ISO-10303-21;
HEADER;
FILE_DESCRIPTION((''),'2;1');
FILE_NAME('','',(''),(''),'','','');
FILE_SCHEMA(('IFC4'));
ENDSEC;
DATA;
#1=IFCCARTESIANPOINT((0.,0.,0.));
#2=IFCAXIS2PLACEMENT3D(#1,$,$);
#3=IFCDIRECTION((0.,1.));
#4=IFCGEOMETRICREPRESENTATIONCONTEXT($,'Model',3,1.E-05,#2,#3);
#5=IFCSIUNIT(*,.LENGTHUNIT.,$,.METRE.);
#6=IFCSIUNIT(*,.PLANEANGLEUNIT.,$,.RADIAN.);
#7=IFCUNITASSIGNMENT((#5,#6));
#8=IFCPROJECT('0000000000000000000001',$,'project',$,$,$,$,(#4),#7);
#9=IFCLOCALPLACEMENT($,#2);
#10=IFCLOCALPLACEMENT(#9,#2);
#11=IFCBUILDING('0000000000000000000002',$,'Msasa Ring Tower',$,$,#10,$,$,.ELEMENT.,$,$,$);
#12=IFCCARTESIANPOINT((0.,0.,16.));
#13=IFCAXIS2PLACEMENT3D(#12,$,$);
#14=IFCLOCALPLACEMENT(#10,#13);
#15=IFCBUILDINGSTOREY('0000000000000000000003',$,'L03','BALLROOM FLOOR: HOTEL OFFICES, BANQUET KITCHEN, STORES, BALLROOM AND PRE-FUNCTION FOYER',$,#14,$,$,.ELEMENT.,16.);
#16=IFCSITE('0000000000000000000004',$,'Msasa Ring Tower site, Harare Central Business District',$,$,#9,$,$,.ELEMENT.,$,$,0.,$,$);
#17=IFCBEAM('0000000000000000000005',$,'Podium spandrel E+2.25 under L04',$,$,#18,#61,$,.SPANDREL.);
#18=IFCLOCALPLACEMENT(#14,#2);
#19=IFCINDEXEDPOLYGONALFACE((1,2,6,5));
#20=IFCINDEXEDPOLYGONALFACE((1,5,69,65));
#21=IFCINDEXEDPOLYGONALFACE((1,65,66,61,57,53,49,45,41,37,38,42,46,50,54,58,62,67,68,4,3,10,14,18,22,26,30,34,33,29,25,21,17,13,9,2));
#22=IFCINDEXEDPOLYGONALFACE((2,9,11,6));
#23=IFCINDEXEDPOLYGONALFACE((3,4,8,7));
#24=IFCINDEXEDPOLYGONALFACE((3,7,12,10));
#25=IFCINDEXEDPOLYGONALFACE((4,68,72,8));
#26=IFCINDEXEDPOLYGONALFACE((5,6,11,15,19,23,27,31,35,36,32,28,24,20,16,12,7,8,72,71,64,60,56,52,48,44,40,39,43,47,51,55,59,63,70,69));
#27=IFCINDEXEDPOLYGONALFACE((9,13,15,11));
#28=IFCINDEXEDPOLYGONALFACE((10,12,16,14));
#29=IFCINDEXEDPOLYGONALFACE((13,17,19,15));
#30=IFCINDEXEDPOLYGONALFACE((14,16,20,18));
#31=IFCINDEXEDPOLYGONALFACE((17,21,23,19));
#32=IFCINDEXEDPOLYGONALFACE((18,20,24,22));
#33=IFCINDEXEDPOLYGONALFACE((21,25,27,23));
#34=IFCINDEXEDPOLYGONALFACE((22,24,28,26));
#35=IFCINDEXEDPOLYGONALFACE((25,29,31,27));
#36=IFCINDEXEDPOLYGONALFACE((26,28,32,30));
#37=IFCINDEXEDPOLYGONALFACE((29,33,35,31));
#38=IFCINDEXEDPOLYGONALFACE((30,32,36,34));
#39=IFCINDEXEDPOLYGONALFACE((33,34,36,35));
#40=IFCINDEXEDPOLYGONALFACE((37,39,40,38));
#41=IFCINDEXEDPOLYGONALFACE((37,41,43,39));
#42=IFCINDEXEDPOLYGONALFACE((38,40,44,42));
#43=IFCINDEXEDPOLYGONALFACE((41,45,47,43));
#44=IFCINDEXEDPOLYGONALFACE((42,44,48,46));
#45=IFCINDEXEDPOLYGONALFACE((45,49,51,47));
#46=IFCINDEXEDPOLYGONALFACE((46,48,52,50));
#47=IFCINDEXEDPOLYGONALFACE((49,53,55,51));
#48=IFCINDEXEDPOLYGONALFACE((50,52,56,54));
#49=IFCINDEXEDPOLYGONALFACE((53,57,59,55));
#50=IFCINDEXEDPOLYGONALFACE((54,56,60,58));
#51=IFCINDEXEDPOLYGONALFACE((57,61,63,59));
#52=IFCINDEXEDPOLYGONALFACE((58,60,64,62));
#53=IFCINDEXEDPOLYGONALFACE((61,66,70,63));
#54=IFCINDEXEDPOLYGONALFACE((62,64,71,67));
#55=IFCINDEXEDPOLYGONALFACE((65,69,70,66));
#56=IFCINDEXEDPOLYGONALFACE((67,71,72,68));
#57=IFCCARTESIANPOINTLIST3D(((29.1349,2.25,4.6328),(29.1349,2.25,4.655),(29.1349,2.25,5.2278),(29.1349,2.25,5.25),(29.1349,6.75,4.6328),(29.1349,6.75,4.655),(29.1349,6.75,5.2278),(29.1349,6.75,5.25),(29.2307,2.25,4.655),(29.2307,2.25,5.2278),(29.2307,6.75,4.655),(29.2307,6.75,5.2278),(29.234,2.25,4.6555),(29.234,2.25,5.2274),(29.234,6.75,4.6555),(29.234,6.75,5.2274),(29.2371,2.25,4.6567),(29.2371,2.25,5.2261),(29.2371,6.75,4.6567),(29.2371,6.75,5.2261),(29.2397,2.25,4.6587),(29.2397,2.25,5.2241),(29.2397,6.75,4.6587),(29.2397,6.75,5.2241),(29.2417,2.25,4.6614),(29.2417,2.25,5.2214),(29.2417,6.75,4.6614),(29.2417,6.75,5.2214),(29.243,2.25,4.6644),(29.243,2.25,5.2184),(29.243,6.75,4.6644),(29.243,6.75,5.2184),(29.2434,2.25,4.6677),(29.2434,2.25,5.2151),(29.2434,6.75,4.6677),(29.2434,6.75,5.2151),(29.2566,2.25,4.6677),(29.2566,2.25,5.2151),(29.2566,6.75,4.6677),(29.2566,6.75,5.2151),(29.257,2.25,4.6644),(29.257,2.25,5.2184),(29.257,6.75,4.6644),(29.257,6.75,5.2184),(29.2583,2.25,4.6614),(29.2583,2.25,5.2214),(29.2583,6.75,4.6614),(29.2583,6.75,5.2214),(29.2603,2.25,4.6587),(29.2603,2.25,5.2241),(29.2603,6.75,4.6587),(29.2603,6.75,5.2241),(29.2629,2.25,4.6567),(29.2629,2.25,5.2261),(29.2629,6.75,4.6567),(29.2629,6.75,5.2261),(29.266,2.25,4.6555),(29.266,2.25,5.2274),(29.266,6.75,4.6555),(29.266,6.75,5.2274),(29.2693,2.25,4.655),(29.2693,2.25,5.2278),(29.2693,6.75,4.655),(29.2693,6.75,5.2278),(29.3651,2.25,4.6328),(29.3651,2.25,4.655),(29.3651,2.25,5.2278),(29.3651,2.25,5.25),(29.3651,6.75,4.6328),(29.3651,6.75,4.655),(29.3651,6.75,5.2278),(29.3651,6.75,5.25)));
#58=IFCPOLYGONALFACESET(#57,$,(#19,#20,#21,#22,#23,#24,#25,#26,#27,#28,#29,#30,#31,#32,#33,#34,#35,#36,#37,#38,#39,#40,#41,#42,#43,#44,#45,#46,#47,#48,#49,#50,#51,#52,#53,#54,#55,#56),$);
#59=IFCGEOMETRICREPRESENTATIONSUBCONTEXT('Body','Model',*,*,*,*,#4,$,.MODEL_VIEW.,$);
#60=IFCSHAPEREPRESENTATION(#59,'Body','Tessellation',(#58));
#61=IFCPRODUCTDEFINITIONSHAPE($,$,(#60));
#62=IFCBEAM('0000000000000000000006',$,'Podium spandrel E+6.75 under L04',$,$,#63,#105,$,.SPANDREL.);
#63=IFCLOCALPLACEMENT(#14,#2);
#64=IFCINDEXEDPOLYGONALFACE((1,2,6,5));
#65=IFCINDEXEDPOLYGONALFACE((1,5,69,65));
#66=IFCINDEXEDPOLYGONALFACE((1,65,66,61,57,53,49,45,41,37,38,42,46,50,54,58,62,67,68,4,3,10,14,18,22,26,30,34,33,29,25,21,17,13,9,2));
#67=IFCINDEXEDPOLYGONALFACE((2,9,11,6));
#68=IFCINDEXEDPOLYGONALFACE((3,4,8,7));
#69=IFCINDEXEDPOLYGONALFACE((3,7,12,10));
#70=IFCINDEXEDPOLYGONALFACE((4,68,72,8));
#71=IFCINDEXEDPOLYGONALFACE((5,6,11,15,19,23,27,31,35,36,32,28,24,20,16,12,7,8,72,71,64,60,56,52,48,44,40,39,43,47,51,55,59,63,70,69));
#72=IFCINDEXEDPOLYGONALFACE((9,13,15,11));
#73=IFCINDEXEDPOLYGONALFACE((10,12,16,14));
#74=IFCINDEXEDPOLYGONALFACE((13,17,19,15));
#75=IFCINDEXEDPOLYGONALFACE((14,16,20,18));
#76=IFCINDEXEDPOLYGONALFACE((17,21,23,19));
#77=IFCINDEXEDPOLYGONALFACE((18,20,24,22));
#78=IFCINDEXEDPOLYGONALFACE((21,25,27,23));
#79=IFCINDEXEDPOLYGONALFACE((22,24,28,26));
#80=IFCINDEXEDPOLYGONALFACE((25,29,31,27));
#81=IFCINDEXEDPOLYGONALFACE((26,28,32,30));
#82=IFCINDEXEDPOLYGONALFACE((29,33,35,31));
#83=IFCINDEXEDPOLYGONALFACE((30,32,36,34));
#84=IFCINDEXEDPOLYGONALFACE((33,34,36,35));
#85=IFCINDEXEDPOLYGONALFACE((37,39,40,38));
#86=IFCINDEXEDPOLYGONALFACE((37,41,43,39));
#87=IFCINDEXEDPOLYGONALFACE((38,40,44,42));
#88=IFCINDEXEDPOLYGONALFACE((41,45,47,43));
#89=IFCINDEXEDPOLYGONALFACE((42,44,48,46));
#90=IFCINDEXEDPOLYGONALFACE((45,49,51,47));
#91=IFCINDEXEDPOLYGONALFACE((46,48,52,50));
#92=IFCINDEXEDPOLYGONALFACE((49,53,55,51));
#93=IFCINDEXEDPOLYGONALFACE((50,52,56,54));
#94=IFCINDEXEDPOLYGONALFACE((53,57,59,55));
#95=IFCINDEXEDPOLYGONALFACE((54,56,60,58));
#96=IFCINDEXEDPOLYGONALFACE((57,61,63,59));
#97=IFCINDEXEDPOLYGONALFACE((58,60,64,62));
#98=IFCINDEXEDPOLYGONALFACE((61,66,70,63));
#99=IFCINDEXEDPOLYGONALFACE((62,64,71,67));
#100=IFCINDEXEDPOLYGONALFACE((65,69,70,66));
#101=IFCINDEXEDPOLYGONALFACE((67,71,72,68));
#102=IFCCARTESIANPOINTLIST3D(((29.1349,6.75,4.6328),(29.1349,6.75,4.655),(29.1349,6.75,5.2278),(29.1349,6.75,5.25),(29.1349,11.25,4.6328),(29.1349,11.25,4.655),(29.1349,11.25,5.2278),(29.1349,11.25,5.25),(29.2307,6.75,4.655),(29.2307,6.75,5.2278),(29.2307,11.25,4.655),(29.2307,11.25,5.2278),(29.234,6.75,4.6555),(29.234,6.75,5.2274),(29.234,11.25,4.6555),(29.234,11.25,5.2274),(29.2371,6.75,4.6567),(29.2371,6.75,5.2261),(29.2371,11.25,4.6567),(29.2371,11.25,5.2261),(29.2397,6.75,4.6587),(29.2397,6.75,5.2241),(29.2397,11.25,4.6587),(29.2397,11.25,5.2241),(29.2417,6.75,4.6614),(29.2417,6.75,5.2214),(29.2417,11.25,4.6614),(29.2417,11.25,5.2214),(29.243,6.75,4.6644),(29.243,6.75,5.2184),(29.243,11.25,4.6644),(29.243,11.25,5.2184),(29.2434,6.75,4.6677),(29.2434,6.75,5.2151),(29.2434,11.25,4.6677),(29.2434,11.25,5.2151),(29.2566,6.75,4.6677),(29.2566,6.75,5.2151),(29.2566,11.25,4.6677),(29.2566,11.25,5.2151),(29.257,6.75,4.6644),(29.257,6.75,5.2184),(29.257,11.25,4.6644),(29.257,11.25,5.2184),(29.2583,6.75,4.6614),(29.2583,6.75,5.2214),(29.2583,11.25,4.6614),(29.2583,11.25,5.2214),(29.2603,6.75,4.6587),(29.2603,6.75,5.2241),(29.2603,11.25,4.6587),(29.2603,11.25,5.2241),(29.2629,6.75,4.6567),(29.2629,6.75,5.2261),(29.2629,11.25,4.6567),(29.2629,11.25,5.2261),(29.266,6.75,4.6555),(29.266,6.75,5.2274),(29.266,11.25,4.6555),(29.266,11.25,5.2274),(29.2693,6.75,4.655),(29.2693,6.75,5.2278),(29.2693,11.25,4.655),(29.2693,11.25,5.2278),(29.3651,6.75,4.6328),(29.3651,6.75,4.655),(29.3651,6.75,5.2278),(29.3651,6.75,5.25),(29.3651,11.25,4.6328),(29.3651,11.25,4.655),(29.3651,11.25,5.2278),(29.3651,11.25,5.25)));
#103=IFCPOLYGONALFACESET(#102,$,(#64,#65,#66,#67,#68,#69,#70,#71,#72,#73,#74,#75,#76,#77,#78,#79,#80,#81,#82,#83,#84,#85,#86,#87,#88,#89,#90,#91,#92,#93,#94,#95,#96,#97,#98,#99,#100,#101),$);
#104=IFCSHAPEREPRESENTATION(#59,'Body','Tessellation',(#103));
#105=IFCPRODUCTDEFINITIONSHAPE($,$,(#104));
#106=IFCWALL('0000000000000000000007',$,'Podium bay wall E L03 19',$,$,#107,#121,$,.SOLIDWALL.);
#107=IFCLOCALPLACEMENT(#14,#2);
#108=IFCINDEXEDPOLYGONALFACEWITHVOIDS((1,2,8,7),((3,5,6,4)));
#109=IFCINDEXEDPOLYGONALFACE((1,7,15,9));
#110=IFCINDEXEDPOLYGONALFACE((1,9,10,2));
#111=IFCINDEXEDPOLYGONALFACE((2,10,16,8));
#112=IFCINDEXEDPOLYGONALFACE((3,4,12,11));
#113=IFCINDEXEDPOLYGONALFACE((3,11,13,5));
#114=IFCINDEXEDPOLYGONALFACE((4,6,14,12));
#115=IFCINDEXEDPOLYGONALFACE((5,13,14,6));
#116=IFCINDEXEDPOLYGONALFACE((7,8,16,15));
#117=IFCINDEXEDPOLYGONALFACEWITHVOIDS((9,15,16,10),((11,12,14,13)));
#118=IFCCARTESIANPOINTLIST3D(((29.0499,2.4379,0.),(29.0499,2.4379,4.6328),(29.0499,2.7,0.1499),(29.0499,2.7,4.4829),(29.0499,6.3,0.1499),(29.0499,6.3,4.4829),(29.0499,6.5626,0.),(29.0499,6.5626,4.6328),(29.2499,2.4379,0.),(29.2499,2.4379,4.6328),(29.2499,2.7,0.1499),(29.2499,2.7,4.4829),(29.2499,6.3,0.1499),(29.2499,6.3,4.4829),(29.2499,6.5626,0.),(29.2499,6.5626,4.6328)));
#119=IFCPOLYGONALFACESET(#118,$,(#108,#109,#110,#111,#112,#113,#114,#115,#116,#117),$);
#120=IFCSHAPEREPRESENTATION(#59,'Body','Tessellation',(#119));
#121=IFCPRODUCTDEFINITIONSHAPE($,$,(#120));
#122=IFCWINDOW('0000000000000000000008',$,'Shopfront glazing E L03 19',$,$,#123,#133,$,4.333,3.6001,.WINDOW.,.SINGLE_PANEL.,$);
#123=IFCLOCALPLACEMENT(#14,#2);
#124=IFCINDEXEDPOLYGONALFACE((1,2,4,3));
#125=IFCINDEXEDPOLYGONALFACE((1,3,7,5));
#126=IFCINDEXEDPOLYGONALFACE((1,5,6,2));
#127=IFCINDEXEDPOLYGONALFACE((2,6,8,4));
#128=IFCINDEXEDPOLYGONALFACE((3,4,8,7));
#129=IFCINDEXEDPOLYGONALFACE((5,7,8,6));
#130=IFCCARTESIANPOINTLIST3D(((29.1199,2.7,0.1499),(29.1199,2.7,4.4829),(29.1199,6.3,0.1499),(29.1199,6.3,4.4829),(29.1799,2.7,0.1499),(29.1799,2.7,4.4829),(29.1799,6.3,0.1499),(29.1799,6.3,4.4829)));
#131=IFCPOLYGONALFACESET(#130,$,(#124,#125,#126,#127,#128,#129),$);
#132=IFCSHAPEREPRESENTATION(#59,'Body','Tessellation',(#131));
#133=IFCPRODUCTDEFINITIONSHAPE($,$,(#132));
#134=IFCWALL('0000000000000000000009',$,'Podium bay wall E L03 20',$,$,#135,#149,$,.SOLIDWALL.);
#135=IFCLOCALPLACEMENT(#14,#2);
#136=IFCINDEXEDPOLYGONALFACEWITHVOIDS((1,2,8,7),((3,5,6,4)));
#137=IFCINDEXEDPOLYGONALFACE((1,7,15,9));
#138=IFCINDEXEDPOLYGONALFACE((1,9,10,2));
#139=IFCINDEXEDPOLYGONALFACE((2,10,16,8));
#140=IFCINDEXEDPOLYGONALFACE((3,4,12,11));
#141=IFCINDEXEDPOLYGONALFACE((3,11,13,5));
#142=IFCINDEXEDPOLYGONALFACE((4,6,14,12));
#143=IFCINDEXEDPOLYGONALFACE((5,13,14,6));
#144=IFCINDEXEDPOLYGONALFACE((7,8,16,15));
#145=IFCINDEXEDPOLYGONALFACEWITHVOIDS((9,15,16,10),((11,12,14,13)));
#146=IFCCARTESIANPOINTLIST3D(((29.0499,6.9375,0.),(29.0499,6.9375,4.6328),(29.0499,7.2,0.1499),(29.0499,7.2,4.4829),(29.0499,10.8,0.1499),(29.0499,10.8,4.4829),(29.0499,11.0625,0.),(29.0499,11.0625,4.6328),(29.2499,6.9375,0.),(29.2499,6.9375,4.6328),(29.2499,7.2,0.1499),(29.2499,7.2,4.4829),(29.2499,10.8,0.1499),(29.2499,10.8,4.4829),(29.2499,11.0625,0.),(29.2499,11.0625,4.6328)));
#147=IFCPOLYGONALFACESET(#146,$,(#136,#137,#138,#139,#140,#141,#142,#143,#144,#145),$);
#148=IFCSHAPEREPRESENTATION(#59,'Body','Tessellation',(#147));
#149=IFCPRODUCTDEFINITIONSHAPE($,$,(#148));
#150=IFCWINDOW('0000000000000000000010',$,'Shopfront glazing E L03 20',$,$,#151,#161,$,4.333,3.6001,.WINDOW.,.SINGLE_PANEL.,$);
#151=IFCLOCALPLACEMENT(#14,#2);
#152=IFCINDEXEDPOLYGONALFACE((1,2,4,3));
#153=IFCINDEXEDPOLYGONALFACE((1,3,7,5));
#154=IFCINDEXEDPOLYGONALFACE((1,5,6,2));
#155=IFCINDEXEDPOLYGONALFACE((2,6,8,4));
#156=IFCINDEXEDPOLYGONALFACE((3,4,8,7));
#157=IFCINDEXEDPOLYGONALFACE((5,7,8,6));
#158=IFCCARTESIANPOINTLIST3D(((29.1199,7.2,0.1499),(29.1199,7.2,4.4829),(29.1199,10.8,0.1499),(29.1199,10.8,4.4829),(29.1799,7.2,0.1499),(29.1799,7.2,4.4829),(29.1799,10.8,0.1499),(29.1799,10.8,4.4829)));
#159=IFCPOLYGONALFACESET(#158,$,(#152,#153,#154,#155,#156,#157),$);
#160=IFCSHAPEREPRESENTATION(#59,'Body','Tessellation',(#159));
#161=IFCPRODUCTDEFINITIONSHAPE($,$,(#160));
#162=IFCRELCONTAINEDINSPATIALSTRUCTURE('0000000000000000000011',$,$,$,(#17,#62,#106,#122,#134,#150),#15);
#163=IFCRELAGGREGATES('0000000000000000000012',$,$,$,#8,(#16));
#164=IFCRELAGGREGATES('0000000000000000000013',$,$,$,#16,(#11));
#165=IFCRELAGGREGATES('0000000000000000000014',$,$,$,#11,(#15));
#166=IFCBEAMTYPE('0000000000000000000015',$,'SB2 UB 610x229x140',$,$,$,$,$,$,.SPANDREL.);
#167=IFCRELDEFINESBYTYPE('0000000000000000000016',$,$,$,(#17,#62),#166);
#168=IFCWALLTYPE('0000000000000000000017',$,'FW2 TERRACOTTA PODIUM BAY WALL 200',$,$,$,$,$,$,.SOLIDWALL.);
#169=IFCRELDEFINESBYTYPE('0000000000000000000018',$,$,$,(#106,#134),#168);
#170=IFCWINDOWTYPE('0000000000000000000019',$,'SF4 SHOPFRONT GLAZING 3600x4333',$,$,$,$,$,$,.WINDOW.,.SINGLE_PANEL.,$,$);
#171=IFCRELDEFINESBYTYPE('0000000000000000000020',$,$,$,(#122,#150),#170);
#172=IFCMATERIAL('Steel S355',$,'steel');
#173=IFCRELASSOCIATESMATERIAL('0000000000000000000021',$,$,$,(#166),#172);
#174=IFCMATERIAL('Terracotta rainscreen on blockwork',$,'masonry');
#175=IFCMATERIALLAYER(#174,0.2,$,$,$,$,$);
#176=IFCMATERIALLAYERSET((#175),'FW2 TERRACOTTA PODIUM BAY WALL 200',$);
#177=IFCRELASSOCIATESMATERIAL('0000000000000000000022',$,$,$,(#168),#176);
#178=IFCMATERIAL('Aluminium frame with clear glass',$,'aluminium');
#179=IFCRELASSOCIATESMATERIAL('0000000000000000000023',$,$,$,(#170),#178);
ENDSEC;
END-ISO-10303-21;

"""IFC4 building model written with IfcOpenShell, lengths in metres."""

from ifc_helpers import new_model, si_unit, direction, frame, frame_2d, origin, origin_2d, place, context, subcontext, project, spatial, rectangle, i_section, extrude, material, layer, layer_set, material_profile, profile_set, type_object, element, fill, save


model = new_model("IFC4")

# Units and contexts
model_context = context("Model", 3, precision=1e-05, world=origin(), true_north=direction((0.0, 1.0)))
body_context = subcontext(model_context, "Body", "Model", "MODEL_VIEW")
ifc_project = project(units=[si_unit("LENGTHUNIT", "METRE"), si_unit("PLANEANGLEUNIT", "RADIAN")], contexts=[model_context])

# Site, building, storey
site_placement = place(None, origin())
site = spatial("IfcSite", under=ifc_project, at=site_placement, Name="Msasa Ring Tower site, Harare Central Business District", CompositionType="ELEMENT", RefElevation=0.0)
building_placement = place(site_placement, origin())
building = spatial("IfcBuilding", under=site, at=building_placement, Name="Msasa Ring Tower", CompositionType="ELEMENT")
storey_placement = place(building_placement, frame((0.0, 0.0, 16.0)))
storey = spatial("IfcBuildingStorey", under=building, at=storey_placement, Name="L03", Description="BALLROOM FLOOR: HOTEL OFFICES, BANQUET KITCHEN, STORES, BALLROOM AND PRE-FUNCTION FOYER", CompositionType="ELEMENT", Elevation=16.0)

# Beams
ifc_material_1 = material(Name="Steel S355", Category="steel")
ifc_material_profile_1 = material_profile(ifc_material_1, i_section(OverallWidth=0.2302, OverallDepth=0.6172, WebThickness=0.0132, FlangeThickness=0.0222, FilletRadius=0.0127, at=origin_2d()), Name="UB 610x229x140")
ifc_profile_set_1 = profile_set([ifc_material_profile_1], Name="Steel S355")
beam_type_1 = type_object("IfcBeamType", Name="SB2 UB 610x229x140", PredefinedType="SPANDREL", material=ifc_profile_set_1)
for number, where, z_axis, x_axis, name in (
    (1, (29.25, 2.25, 4.9414), (0.0, 1.0, 0.0), (-1.0, 0.0, 0.0), "Podium spandrel E+2.25 under L04"),
    (2, (29.25, 6.75, 4.9414), (0.0, 1.0, 0.0), (-1.0, 0.0, 0.0), "Podium spandrel E+6.75 under L04"),
):
    element("IfcBeam", number, at=place(storey_placement, frame(where, z_axis=z_axis, x_axis=x_axis)), inside=storey, type_object=beam_type_1, Name=name, PredefinedType="SPANDREL", context=body_context, shape_type="SweptSolid", body=[
        extrude(i_section(OverallWidth=0.2302, OverallDepth=0.6172, WebThickness=0.0132, FlangeThickness=0.0222, FilletRadius=0.0127, at=origin_2d()), origin(), (0.0, 0.0, 1.0), 4.5),
    ])

# Walls, openings, windows
ifc_material_2 = material(Name="Terracotta rainscreen on blockwork", Category="masonry")
ifc_layer_1 = layer(ifc_material_2, 0.2)
ifc_layer_set_1 = layer_set([ifc_layer_1], Name="FW2 TERRACOTTA PODIUM BAY WALL 200")
wall_type_1 = type_object("IfcWallType", Name="FW2 TERRACOTTA PODIUM BAY WALL 200", PredefinedType="SOLIDWALL", material=ifc_layer_set_1)
wall_1_placement = place(storey_placement, frame((29.1499, 2.4377, 0.0), z_axis=(0.0, 0.0, 1.0), x_axis=(0.0, 1.0, 0.0)))
wall_1 = element("IfcWall", 3, at=wall_1_placement, inside=storey, type_object=wall_type_1, Name="Podium bay wall E L03 19", PredefinedType="SOLIDWALL", context=body_context, shape_type="SweptSolid", body=[
    extrude(rectangle(XDim=4.1248, YDim=0.2, at=frame_2d((2.0625, 0.0))), origin(), (0.0, 0.0, 1.0), 4.6328),
])
opening_1_placement = place(wall_1_placement, frame((0.2622, 0.0, 0.1499)))
opening_1 = element("IfcOpeningElement", 4, at=opening_1_placement, cuts=wall_1, PredefinedType="OPENING", context=body_context, shape_type="SweptSolid", body=[
    extrude(rectangle(XDim=3.6001, YDim=4.333, at=frame_2d((1.8, 2.1665))), frame((0.0, 0.1099, 0.0), z_axis=(0.0, -1.0, 0.0), x_axis=(1.0, 0.0, 0.0)), (0.0, 0.0, 1.0), 0.22),
])
ifc_material_3 = material(Name="Aluminium frame with clear glass", Category="aluminium")
window_type = type_object("IfcWindowType", Name="SF4 SHOPFRONT GLAZING 3600x4333", PartitioningType="SINGLE_PANEL", PredefinedType="WINDOW", material=ifc_material_3)
window_1_placement = place(opening_1_placement, origin())
window_1 = element("IfcWindow", 5, at=window_1_placement, inside=storey, type_object=window_type, Name="Shopfront glazing E L03 19", OverallHeight=4.333, OverallWidth=3.6001, PartitioningType="SINGLE_PANEL", PredefinedType="WINDOW", context=body_context, shape_type="SweptSolid", body=[
    extrude(rectangle(XDim=3.6001, YDim=4.333, at=frame_2d((1.8, 2.1665))), frame((0.0, 0.03, 0.0), z_axis=(0.0, -1.0, 0.0), x_axis=(1.0, 0.0, 0.0)), (0.0, 0.0, 1.0), 0.0601),
])
fill(opening_1, window_1)
wall_2_placement = place(storey_placement, frame((29.1499, 6.9375, 0.0), z_axis=(0.0, 0.0, 1.0), x_axis=(0.0, 1.0, 0.0)))
wall_2 = element("IfcWall", 6, at=wall_2_placement, inside=storey, type_object=wall_type_1, Name="Podium bay wall E L03 20", PredefinedType="SOLIDWALL", context=body_context, shape_type="SweptSolid", body=[
    extrude(rectangle(XDim=4.125, YDim=0.2, at=frame_2d((2.0625, 0.0))), origin(), (0.0, 0.0, 1.0), 4.6328),
])
opening_2_placement = place(wall_2_placement, frame((0.2625, 0.0, 0.1499)))
opening_2 = element("IfcOpeningElement", 7, at=opening_2_placement, cuts=wall_2, PredefinedType="OPENING", context=body_context, shape_type="SweptSolid", body=[
    extrude(rectangle(XDim=3.6001, YDim=4.333, at=frame_2d((1.8, 2.1665))), frame((0.0, 0.1099, 0.0), z_axis=(0.0, -1.0, 0.0), x_axis=(1.0, 0.0, 0.0)), (0.0, 0.0, 1.0), 0.22),
])
window_2_placement = place(opening_2_placement, origin())
window_2 = element("IfcWindow", 8, at=window_2_placement, inside=storey, type_object=window_type, Name="Shopfront glazing E L03 20", OverallHeight=4.333, OverallWidth=3.6001, PartitioningType="SINGLE_PANEL", PredefinedType="WINDOW", context=body_context, shape_type="SweptSolid", body=[
    extrude(rectangle(XDim=3.6001, YDim=4.333, at=frame_2d((1.8, 2.1665))), frame((0.0, 0.03, 0.0), z_axis=(0.0, -1.0, 0.0), x_axis=(1.0, 0.0, 0.0)), (0.0, 0.0, 1.0), 0.0601),
])
fill(opening_2, window_2)

save(model, "model.ifc")
